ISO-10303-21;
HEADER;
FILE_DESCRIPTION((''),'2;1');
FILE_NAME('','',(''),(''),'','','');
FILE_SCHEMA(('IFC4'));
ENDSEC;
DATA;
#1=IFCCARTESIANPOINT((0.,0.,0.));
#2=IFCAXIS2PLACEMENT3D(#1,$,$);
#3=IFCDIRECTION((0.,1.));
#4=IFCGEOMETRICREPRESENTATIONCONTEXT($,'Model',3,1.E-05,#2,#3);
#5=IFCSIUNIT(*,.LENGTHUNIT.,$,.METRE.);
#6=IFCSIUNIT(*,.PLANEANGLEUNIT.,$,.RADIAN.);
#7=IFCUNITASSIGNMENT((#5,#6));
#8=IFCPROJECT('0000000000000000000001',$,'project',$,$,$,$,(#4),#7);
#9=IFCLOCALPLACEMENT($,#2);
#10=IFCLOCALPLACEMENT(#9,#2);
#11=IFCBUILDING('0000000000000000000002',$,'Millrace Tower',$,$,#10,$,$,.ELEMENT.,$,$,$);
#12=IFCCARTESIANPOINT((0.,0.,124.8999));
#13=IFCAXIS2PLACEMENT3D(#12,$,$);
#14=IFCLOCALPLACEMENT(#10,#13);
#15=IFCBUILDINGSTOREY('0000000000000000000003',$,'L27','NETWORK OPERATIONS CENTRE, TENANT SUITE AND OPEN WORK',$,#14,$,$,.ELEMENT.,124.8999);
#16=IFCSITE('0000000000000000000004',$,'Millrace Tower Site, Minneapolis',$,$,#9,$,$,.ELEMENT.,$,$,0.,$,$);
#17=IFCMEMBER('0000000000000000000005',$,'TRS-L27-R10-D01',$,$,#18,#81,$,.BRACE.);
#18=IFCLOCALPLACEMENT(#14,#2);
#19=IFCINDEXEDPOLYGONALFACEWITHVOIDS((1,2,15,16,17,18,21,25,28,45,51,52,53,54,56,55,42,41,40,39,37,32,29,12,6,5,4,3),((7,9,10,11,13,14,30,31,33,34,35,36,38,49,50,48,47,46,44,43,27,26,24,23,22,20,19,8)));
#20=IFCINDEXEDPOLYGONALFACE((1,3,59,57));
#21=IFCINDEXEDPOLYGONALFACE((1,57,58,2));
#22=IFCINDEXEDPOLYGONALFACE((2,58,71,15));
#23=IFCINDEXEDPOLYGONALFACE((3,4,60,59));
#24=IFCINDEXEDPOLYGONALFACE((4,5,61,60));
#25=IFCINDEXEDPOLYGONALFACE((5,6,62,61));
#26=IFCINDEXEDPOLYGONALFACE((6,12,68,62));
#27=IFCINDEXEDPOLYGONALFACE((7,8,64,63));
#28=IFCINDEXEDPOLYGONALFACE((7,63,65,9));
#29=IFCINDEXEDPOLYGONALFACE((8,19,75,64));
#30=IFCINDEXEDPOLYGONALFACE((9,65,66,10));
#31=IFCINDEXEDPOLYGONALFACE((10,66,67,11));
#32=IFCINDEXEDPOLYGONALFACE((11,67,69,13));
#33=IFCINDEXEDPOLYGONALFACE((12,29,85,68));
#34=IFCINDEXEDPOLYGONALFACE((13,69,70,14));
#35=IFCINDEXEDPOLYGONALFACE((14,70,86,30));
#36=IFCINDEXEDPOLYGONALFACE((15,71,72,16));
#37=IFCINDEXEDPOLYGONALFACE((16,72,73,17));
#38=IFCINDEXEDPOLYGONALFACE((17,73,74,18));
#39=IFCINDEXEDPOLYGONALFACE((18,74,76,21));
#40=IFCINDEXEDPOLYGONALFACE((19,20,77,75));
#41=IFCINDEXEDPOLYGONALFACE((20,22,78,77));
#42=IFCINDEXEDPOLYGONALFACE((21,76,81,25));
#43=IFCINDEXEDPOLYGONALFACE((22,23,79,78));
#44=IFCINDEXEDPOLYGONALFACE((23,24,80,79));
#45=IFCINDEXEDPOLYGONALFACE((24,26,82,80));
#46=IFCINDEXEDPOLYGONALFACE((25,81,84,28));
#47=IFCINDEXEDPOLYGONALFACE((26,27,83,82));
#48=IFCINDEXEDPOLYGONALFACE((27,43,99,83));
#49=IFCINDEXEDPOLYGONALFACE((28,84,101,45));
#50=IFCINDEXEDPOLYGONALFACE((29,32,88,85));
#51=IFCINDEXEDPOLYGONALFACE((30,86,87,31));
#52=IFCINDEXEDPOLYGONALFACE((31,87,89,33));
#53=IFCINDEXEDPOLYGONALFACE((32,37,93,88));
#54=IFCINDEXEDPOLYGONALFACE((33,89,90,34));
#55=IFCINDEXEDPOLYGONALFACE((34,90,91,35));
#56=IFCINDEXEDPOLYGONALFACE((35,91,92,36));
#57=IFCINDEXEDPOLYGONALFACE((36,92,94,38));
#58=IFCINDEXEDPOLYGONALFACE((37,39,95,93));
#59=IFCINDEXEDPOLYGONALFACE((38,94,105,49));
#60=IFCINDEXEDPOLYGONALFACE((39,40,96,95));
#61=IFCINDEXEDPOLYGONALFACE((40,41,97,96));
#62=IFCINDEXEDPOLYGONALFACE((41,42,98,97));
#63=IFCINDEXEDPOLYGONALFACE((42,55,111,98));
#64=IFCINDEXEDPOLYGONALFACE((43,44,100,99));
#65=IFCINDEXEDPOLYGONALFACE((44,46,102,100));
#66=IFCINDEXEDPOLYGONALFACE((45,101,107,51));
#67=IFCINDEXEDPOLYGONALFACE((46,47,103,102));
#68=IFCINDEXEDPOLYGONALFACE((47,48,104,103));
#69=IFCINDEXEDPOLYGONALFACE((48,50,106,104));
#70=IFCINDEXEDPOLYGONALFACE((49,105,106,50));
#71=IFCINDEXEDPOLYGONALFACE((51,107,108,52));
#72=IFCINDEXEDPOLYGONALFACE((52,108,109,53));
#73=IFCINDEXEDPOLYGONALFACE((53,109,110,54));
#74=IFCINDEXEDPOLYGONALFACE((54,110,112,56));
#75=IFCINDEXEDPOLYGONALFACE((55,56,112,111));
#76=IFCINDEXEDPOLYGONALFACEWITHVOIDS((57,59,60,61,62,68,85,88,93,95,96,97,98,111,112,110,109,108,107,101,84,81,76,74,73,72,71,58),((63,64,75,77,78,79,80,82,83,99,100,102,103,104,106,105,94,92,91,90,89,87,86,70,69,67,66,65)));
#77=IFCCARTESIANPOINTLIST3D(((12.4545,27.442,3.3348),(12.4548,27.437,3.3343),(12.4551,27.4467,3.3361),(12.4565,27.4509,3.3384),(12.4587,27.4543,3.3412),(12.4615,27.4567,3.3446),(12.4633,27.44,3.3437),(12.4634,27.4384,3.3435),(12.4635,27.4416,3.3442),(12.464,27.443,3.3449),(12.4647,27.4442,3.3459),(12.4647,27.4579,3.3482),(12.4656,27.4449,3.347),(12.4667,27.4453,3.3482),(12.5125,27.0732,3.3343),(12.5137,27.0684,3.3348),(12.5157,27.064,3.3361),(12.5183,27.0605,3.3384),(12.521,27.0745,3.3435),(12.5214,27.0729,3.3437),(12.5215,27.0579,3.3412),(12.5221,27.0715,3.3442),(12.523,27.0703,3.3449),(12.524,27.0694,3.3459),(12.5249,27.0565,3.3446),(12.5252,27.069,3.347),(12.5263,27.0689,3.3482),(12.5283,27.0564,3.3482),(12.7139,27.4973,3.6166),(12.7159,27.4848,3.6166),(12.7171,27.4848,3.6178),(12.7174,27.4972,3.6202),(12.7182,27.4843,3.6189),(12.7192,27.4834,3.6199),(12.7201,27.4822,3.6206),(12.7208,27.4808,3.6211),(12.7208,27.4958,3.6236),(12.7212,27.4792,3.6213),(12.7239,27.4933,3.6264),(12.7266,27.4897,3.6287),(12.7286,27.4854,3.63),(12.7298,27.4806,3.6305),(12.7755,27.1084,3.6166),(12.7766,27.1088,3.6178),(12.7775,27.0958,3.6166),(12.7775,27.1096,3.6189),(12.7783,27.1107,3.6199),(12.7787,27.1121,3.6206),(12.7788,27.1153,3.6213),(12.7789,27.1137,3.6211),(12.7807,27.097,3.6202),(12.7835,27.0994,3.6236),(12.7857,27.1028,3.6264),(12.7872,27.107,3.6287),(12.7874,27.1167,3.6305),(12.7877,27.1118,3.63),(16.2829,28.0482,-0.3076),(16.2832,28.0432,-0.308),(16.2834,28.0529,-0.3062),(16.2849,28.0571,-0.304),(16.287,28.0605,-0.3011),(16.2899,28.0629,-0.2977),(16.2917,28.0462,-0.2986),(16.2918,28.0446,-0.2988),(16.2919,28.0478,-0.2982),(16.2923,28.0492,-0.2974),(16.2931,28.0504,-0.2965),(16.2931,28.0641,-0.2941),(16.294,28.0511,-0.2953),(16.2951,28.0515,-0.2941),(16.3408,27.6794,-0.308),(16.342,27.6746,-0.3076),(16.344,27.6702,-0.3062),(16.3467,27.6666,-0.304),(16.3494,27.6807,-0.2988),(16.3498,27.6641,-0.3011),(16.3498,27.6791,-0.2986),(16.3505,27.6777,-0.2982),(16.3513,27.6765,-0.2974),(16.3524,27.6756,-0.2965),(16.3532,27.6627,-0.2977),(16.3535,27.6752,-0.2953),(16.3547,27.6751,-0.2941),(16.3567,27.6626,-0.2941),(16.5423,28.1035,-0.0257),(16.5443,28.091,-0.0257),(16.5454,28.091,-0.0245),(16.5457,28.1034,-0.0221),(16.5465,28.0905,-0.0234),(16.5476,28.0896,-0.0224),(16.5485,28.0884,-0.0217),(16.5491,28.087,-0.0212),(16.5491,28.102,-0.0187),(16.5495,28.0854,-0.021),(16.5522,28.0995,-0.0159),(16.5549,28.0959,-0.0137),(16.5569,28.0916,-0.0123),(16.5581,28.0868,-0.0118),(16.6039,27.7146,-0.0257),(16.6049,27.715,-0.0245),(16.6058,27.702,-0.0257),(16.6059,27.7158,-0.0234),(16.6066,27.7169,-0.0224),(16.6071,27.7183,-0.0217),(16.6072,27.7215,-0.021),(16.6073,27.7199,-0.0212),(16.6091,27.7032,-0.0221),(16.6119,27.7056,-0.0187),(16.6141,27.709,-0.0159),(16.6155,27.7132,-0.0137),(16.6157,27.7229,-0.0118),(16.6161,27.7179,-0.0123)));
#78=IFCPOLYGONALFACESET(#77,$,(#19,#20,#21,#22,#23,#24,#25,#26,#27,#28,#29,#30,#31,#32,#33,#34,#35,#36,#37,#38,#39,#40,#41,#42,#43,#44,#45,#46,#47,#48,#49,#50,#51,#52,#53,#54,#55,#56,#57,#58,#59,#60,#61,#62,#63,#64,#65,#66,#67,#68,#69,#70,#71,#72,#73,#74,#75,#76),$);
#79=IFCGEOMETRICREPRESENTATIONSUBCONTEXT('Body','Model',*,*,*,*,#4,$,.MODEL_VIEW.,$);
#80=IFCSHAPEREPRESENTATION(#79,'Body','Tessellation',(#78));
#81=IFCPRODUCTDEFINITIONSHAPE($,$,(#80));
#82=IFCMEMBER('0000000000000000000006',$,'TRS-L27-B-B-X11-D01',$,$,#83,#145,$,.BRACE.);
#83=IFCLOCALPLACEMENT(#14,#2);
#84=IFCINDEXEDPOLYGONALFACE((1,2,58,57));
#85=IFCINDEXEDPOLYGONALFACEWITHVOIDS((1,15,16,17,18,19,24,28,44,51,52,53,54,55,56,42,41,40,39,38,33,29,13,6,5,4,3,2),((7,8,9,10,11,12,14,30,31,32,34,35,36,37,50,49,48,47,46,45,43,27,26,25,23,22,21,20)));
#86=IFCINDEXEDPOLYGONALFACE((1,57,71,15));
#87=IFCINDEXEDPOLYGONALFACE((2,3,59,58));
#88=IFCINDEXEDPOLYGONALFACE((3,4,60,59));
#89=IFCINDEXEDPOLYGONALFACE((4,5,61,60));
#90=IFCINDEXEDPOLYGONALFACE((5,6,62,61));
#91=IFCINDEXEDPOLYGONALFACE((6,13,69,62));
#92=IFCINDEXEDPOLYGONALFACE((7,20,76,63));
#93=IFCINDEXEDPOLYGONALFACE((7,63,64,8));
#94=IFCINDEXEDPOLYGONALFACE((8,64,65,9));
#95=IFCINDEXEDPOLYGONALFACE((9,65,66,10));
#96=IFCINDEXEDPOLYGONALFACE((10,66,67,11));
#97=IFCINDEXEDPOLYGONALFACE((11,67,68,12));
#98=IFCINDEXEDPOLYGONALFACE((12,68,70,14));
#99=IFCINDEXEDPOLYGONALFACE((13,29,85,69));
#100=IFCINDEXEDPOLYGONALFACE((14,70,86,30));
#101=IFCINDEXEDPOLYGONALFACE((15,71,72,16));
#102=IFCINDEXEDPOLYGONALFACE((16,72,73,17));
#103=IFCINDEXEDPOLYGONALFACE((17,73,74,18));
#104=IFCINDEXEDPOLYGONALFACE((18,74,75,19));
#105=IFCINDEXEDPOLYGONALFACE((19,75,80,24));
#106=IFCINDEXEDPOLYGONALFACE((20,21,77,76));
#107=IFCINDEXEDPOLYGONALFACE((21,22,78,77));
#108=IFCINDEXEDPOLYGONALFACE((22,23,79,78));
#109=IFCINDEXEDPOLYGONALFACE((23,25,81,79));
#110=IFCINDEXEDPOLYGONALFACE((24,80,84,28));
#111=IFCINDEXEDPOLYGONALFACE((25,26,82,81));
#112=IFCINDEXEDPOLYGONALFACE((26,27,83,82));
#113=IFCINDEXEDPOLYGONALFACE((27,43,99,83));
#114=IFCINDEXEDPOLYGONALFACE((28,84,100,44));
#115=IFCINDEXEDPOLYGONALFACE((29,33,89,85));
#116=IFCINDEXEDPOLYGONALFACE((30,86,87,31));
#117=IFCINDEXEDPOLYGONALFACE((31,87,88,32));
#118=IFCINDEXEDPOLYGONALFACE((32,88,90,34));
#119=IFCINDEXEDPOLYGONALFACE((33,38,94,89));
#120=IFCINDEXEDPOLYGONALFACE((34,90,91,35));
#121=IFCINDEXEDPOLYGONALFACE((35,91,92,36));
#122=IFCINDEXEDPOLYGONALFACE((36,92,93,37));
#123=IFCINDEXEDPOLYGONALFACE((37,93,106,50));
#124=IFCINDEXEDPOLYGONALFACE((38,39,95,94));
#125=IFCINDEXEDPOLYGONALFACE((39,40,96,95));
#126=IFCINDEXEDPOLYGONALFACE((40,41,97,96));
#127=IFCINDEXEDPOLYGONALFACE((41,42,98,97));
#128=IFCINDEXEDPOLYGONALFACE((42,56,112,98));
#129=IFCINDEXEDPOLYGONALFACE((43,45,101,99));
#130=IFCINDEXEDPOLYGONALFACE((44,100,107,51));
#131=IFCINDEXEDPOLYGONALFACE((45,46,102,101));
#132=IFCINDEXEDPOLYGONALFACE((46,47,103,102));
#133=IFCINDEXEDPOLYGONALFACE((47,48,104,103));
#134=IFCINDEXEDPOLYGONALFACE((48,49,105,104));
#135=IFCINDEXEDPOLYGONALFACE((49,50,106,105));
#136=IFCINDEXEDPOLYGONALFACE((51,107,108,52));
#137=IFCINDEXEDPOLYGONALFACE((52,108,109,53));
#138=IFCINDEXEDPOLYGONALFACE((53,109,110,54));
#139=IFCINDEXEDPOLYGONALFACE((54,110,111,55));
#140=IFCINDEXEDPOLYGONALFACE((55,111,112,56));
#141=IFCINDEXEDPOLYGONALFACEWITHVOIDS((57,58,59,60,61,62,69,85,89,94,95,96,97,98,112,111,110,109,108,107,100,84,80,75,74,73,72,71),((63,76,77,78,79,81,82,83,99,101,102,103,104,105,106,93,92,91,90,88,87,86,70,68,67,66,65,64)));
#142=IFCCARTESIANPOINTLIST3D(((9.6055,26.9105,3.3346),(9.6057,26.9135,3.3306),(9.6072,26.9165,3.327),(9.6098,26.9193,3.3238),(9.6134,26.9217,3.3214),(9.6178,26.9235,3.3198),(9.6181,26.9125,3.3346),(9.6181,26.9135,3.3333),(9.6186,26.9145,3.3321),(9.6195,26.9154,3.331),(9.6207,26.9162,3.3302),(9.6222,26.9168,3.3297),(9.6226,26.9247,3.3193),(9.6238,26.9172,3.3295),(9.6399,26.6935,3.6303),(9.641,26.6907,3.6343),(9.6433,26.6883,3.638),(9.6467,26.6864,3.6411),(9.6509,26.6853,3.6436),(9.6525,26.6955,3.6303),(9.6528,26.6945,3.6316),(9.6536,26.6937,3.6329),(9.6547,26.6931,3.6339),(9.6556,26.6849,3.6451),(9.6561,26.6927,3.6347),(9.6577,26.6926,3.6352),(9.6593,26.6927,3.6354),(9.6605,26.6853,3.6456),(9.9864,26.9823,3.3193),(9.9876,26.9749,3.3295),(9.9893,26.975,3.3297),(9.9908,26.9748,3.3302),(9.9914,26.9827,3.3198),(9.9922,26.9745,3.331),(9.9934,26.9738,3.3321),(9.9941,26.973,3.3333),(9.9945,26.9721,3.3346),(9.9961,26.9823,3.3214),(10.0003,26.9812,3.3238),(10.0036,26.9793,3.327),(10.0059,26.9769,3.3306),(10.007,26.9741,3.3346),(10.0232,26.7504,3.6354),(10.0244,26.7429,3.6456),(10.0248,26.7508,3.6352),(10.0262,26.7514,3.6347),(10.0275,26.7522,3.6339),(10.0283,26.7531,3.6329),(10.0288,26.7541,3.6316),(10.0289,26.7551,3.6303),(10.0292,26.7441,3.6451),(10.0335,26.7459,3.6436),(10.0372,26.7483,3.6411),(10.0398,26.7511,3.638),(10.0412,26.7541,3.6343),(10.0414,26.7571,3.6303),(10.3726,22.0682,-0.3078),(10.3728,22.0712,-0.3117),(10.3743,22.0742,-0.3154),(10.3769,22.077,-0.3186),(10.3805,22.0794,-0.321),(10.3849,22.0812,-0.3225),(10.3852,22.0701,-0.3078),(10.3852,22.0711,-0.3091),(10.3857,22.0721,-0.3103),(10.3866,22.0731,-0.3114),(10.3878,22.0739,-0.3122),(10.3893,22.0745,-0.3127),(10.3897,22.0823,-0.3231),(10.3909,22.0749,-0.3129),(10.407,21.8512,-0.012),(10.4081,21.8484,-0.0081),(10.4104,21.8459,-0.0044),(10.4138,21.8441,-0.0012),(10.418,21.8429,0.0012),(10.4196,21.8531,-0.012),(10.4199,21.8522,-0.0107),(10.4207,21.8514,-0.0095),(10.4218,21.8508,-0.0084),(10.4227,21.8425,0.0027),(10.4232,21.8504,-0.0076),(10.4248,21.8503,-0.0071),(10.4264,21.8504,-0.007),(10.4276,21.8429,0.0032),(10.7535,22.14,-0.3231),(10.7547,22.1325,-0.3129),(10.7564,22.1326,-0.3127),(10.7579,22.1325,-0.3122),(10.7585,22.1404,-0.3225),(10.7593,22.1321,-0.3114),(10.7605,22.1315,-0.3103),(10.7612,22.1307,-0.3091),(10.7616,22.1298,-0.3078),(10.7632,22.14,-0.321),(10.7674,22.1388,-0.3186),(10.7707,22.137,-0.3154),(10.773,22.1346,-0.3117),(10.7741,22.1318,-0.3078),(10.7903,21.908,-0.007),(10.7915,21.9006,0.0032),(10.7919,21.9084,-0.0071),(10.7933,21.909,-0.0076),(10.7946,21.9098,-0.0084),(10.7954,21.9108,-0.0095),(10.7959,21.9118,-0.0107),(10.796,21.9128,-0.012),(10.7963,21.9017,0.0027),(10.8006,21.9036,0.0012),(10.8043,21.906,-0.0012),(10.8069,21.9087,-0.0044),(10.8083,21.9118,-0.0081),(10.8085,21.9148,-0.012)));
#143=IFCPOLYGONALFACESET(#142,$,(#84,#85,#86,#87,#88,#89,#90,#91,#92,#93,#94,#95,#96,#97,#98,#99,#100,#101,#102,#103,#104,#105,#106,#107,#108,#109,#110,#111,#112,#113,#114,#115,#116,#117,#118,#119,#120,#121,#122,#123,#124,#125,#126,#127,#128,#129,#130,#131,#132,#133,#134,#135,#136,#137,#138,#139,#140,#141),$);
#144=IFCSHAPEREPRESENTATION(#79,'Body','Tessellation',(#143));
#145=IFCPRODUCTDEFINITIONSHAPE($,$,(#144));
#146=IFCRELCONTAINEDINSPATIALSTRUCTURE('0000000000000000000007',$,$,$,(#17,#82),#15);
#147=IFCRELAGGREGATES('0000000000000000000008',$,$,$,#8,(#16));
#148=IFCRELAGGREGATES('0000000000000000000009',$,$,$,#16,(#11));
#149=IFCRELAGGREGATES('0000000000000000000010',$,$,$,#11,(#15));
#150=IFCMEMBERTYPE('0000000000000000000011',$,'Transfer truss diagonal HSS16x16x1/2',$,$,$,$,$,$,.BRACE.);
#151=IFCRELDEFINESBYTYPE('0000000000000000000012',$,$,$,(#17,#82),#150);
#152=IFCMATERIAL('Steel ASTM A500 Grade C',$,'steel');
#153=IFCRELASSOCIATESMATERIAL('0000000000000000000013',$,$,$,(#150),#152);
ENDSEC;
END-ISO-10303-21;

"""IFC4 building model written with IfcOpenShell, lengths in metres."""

from ifc_helpers import new_model, si_unit, direction, frame, origin, origin_2d, place, context, subcontext, project, spatial, hollow_rectangle, extrude, material, material_profile, profile_set, type_object, element, save


model = new_model("IFC4")

# Units and contexts
model_context = context("Model", 3, precision=1e-05, world=origin(), true_north=direction((0.0, 1.0)))
body_context = subcontext(model_context, "Body", "Model", "MODEL_VIEW")
ifc_project = project(units=[si_unit("LENGTHUNIT", "METRE"), si_unit("PLANEANGLEUNIT", "RADIAN")], contexts=[model_context])

# Site, building, storey
site_placement = place(None, origin())
site = spatial("IfcSite", under=ifc_project, at=site_placement, Name="Millrace Tower Site, Minneapolis", CompositionType="ELEMENT", RefElevation=0.0)
building_placement = place(site_placement, origin())
building = spatial("IfcBuilding", under=site, at=building_placement, Name="Millrace Tower", CompositionType="ELEMENT")
storey_placement = place(building_placement, frame((0.0, 0.0, 124.8999)))
storey = spatial("IfcBuildingStorey", under=building, at=storey_placement, Name="L27", Description="NETWORK OPERATIONS CENTRE, TENANT SUITE AND OPEN WORK", CompositionType="ELEMENT", Elevation=124.8999)

# Members
ifc_material_1 = material(Name="Steel ASTM A500 Grade C", Category="steel")
ifc_material_profile_1 = material_profile(ifc_material_1, hollow_rectangle(XDim=0.4065, YDim=0.4065, WallThickness=0.0127, InnerFilletRadius=0.0063, OuterFilletRadius=0.019, at=origin_2d()))
ifc_profile_set_1 = profile_set([ifc_material_profile_1], Name="Steel ASTM A500 Grade C")
member_type_1 = type_object("IfcMemberType", Name="Transfer truss diagonal HSS16x16x1/2", PredefinedType="BRACE", material=ifc_profile_set_1)
member_1_placement = place(storey_placement, frame((16.4495, 27.8831, -0.1599), z_axis=(-0.71977, -0.113972, 0.684793), x_axis=(0.156396, -0.987694, 0.0)))
element("IfcMember", 1, at=member_1_placement, inside=storey, type_object=member_type_1, Name="TRS-L27-R10-D01", PredefinedType="BRACE", context=body_context, shape_type="SweptSolid", body=[
    extrude(hollow_rectangle(XDim=0.4065, YDim=0.4065, WallThickness=0.0127, InnerFilletRadius=0.0063, OuterFilletRadius=0.019, at=origin_2d()), origin(), (0.0, 0.0, 1.0), 5.3188),
])
member_2_placement = place(storey_placement, frame((10.5906, 21.9915, -0.1599), z_axis=(-0.125596, 0.79283, 0.596361), x_axis=(-0.987684, -0.156464, 0.0)))
element("IfcMember", 2, at=member_2_placement, inside=storey, type_object=member_type_1, Name="TRS-L27-B-B-X11-D01", PredefinedType="BRACE", context=body_context, shape_type="SweptSolid", body=[
    extrude(hollow_rectangle(XDim=0.4065, YDim=0.4065, WallThickness=0.0127, InnerFilletRadius=0.0063, OuterFilletRadius=0.019, at=origin_2d()), origin(), (0.0, 0.0, 1.0), 6.1077),
])

save(model, "model.ifc")
